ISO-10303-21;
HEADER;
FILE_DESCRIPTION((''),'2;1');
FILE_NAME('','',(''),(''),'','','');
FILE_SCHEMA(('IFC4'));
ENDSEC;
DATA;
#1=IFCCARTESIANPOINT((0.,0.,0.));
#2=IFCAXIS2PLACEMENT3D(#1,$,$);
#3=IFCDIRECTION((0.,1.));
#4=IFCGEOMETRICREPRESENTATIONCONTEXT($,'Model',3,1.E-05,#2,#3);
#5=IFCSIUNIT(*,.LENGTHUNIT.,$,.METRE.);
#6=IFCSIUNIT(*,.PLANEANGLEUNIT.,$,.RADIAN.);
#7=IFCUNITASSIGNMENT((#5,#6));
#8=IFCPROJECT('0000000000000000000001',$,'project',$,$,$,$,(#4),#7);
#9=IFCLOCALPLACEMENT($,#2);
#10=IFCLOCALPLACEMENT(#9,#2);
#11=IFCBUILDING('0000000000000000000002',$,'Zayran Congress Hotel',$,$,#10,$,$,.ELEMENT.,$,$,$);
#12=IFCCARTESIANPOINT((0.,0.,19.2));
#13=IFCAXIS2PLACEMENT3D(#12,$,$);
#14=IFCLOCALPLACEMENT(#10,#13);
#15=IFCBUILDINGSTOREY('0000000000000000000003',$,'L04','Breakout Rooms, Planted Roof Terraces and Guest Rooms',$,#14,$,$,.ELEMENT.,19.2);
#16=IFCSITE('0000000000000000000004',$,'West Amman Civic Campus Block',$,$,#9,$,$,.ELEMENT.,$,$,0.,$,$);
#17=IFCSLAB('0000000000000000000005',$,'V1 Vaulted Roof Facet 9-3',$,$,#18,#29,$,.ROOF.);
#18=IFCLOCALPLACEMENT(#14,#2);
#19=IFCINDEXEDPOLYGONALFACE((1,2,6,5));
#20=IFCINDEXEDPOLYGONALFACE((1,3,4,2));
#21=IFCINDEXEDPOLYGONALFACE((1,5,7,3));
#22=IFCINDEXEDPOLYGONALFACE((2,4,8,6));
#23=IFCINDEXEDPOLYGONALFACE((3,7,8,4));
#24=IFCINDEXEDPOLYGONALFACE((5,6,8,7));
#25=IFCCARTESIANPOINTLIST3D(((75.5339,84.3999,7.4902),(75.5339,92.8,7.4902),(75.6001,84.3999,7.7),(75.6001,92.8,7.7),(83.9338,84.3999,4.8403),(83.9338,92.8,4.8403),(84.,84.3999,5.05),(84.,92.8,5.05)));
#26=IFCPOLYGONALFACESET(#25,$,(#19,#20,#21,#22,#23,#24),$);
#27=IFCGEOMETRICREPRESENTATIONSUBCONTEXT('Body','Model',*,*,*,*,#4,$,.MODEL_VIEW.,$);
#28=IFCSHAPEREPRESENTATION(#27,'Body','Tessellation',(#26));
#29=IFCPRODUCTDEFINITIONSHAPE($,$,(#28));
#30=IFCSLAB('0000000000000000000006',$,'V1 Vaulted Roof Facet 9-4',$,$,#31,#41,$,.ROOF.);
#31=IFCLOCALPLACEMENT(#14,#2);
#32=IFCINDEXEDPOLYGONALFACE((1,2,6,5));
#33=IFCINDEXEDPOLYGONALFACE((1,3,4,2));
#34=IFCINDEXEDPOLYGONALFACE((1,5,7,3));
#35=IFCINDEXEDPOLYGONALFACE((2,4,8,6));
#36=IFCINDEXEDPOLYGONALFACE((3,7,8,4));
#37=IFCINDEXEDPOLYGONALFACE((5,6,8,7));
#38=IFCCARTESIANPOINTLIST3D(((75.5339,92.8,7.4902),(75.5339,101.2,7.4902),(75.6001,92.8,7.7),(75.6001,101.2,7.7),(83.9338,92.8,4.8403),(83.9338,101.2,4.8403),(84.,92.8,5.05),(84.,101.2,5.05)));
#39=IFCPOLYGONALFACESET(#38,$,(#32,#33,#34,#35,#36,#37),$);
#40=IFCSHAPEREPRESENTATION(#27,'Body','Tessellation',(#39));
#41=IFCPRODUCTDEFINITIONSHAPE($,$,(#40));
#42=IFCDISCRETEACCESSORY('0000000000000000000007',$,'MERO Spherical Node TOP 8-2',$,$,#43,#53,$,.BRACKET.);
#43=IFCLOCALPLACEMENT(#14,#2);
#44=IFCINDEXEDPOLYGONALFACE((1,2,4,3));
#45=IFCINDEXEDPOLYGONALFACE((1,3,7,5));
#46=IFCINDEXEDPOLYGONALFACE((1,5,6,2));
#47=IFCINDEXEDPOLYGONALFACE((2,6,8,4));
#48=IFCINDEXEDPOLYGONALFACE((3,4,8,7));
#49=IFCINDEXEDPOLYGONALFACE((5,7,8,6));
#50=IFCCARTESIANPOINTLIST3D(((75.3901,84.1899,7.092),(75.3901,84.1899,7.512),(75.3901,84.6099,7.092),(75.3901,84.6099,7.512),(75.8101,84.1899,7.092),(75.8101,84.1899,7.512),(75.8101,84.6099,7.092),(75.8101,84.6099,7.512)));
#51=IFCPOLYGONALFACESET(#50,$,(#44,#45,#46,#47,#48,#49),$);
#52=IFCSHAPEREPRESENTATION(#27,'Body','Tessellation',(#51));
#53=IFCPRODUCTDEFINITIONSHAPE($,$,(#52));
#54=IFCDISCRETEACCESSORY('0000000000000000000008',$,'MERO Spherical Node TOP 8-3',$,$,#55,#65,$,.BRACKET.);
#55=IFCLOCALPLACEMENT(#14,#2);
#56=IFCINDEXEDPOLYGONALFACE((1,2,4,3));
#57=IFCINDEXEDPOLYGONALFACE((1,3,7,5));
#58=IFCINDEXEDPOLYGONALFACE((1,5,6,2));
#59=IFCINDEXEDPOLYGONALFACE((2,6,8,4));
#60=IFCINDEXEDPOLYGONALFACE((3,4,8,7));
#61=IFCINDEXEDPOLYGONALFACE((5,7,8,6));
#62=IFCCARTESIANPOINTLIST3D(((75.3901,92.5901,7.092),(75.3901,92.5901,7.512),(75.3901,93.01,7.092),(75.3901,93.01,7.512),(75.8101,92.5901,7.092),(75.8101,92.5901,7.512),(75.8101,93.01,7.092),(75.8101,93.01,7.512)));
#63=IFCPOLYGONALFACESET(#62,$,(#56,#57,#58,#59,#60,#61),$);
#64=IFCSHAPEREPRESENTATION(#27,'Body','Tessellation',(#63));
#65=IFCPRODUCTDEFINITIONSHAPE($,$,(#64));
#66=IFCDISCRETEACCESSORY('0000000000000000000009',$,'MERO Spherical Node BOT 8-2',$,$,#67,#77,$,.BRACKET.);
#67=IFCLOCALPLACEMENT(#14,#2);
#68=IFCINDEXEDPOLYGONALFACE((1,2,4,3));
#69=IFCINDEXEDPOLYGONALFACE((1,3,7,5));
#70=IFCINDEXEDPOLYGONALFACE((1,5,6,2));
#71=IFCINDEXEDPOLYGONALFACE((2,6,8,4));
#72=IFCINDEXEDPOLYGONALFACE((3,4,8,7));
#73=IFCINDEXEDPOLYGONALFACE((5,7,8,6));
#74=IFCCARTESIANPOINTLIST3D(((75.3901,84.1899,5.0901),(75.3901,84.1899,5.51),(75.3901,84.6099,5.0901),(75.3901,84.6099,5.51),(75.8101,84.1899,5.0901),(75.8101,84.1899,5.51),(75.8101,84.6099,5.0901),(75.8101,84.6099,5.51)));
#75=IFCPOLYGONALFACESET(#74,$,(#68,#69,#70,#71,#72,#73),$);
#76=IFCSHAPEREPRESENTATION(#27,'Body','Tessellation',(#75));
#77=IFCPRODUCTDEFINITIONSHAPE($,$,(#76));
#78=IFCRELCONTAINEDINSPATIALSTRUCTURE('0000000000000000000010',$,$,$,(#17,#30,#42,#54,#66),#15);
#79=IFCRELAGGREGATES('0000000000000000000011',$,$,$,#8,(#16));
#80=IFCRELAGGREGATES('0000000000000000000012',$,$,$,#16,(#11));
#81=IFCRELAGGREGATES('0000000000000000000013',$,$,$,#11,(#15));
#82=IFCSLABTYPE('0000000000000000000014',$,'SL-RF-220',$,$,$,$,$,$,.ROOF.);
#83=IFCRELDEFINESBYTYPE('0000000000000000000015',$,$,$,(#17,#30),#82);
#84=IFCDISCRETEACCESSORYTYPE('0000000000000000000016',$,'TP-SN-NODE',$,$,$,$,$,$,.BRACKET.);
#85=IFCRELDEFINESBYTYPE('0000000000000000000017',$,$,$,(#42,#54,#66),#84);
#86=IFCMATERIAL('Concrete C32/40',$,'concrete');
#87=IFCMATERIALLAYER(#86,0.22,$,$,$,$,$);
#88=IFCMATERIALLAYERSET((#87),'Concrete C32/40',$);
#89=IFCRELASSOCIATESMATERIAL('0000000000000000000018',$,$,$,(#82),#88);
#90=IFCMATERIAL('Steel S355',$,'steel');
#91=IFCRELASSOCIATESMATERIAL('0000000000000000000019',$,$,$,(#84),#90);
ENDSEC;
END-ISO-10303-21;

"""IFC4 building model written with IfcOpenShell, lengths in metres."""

from ifc_helpers import new_model, si_unit, direction, frame, origin, origin_2d, place, context, subcontext, project, spatial, polyline, rectangle, outline, extrude, material, layer, layer_set, type_object, element, save


model = new_model("IFC4")

# Units and contexts
model_context = context("Model", 3, precision=1e-05, world=origin(), true_north=direction((0.0, 1.0)))
body_context = subcontext(model_context, "Body", "Model", "MODEL_VIEW")
ifc_project = project(units=[si_unit("LENGTHUNIT", "METRE"), si_unit("PLANEANGLEUNIT", "RADIAN")], contexts=[model_context])

# Site, building, storey
site_placement = place(None, origin())
site = spatial("IfcSite", under=ifc_project, at=site_placement, Name="West Amman Civic Campus Block", CompositionType="ELEMENT", RefElevation=0.0)
building_placement = place(site_placement, origin())
building = spatial("IfcBuilding", under=site, at=building_placement, Name="Zayran Congress Hotel", CompositionType="ELEMENT")
storey_placement = place(building_placement, frame((0.0, 0.0, 19.2)))
storey = spatial("IfcBuildingStorey", under=building, at=storey_placement, Name="L04", Description="Breakout Rooms, Planted Roof Terraces and Guest Rooms", CompositionType="ELEMENT", Elevation=19.2)

# Shared definitions
ifc_material_1 = material(Name="Steel S355", Category="steel")

# Slabs
ifc_material_2 = material(Name="Concrete C32/40", Category="concrete")
ifc_layer_1 = layer(ifc_material_2, 0.22)
ifc_layer_set_1 = layer_set([ifc_layer_1], Name="Concrete C32/40")
slab_type = type_object("IfcSlabType", Name="SL-RF-220", PredefinedType="ROOF", material=ifc_layer_set_1)
slab_1_placement = place(storey_placement, frame((75.6001, 84.3999, 7.7), z_axis=(0.300853, 0.0, 0.953671), x_axis=(0.953671, 0.0, -0.300853)))
element("IfcSlab", 1, at=slab_1_placement, inside=storey, type_object=slab_type, Name="V1 Vaulted Roof Facet 9-3", PredefinedType="ROOF", context=body_context, shape_type="SweptSolid", body=[
    extrude(outline(polyline([(0.0, 0.0), (8.808, 0.0), (8.808, 8.4001), (0.0, 8.4001), (0.0, 0.0)])), origin(), (0.0, 0.0, -1.0), 0.22),
])
slab_2_placement = place(storey_placement, frame((75.6001, 92.8, 7.7), z_axis=(0.300853, 0.0, 0.953671), x_axis=(0.953671, 0.0, -0.300853)))
element("IfcSlab", 2, at=slab_2_placement, inside=storey, type_object=slab_type, Name="V1 Vaulted Roof Facet 9-4", PredefinedType="ROOF", context=body_context, shape_type="SweptSolid", body=[
    extrude(outline(polyline([(0.0, 0.0), (8.808, 0.0), (8.808, 8.3999), (0.0, 8.3999), (0.0, 0.0)])), origin(), (0.0, 0.0, -1.0), 0.22),
])

# Discrete accessories
discrete_accessory_type = type_object("IfcDiscreteAccessoryType", Name="TP-SN-NODE", PredefinedType="BRACKET", material=ifc_material_1)
for number, where, z_axis, x_axis, name in (
    (3, (75.6001, 84.3999, 7.092), (0.0, 0.0, 1.0), (1.0, 0.0, 0.0), "MERO Spherical Node TOP 8-2"),
    (4, (75.6001, 92.8, 7.092), (0.0, 0.0, 1.0), (1.0, 0.0, 0.0), "MERO Spherical Node TOP 8-3"),
    (5, (75.6001, 84.3999, 5.0901), (0.0, 0.0, 1.0), (1.0, 0.0, 0.0), "MERO Spherical Node BOT 8-2"),
):
    element("IfcDiscreteAccessory", number, at=place(storey_placement, frame(where, z_axis=z_axis, x_axis=x_axis)), inside=storey, type_object=discrete_accessory_type, Name=name, PredefinedType="BRACKET", context=body_context, shape_type="SweptSolid", body=[
        extrude(rectangle(XDim=0.4199, YDim=0.4199, at=origin_2d()), origin(), (0.0, 0.0, 1.0), 0.4199),
    ])

save(model, "model.ifc")
